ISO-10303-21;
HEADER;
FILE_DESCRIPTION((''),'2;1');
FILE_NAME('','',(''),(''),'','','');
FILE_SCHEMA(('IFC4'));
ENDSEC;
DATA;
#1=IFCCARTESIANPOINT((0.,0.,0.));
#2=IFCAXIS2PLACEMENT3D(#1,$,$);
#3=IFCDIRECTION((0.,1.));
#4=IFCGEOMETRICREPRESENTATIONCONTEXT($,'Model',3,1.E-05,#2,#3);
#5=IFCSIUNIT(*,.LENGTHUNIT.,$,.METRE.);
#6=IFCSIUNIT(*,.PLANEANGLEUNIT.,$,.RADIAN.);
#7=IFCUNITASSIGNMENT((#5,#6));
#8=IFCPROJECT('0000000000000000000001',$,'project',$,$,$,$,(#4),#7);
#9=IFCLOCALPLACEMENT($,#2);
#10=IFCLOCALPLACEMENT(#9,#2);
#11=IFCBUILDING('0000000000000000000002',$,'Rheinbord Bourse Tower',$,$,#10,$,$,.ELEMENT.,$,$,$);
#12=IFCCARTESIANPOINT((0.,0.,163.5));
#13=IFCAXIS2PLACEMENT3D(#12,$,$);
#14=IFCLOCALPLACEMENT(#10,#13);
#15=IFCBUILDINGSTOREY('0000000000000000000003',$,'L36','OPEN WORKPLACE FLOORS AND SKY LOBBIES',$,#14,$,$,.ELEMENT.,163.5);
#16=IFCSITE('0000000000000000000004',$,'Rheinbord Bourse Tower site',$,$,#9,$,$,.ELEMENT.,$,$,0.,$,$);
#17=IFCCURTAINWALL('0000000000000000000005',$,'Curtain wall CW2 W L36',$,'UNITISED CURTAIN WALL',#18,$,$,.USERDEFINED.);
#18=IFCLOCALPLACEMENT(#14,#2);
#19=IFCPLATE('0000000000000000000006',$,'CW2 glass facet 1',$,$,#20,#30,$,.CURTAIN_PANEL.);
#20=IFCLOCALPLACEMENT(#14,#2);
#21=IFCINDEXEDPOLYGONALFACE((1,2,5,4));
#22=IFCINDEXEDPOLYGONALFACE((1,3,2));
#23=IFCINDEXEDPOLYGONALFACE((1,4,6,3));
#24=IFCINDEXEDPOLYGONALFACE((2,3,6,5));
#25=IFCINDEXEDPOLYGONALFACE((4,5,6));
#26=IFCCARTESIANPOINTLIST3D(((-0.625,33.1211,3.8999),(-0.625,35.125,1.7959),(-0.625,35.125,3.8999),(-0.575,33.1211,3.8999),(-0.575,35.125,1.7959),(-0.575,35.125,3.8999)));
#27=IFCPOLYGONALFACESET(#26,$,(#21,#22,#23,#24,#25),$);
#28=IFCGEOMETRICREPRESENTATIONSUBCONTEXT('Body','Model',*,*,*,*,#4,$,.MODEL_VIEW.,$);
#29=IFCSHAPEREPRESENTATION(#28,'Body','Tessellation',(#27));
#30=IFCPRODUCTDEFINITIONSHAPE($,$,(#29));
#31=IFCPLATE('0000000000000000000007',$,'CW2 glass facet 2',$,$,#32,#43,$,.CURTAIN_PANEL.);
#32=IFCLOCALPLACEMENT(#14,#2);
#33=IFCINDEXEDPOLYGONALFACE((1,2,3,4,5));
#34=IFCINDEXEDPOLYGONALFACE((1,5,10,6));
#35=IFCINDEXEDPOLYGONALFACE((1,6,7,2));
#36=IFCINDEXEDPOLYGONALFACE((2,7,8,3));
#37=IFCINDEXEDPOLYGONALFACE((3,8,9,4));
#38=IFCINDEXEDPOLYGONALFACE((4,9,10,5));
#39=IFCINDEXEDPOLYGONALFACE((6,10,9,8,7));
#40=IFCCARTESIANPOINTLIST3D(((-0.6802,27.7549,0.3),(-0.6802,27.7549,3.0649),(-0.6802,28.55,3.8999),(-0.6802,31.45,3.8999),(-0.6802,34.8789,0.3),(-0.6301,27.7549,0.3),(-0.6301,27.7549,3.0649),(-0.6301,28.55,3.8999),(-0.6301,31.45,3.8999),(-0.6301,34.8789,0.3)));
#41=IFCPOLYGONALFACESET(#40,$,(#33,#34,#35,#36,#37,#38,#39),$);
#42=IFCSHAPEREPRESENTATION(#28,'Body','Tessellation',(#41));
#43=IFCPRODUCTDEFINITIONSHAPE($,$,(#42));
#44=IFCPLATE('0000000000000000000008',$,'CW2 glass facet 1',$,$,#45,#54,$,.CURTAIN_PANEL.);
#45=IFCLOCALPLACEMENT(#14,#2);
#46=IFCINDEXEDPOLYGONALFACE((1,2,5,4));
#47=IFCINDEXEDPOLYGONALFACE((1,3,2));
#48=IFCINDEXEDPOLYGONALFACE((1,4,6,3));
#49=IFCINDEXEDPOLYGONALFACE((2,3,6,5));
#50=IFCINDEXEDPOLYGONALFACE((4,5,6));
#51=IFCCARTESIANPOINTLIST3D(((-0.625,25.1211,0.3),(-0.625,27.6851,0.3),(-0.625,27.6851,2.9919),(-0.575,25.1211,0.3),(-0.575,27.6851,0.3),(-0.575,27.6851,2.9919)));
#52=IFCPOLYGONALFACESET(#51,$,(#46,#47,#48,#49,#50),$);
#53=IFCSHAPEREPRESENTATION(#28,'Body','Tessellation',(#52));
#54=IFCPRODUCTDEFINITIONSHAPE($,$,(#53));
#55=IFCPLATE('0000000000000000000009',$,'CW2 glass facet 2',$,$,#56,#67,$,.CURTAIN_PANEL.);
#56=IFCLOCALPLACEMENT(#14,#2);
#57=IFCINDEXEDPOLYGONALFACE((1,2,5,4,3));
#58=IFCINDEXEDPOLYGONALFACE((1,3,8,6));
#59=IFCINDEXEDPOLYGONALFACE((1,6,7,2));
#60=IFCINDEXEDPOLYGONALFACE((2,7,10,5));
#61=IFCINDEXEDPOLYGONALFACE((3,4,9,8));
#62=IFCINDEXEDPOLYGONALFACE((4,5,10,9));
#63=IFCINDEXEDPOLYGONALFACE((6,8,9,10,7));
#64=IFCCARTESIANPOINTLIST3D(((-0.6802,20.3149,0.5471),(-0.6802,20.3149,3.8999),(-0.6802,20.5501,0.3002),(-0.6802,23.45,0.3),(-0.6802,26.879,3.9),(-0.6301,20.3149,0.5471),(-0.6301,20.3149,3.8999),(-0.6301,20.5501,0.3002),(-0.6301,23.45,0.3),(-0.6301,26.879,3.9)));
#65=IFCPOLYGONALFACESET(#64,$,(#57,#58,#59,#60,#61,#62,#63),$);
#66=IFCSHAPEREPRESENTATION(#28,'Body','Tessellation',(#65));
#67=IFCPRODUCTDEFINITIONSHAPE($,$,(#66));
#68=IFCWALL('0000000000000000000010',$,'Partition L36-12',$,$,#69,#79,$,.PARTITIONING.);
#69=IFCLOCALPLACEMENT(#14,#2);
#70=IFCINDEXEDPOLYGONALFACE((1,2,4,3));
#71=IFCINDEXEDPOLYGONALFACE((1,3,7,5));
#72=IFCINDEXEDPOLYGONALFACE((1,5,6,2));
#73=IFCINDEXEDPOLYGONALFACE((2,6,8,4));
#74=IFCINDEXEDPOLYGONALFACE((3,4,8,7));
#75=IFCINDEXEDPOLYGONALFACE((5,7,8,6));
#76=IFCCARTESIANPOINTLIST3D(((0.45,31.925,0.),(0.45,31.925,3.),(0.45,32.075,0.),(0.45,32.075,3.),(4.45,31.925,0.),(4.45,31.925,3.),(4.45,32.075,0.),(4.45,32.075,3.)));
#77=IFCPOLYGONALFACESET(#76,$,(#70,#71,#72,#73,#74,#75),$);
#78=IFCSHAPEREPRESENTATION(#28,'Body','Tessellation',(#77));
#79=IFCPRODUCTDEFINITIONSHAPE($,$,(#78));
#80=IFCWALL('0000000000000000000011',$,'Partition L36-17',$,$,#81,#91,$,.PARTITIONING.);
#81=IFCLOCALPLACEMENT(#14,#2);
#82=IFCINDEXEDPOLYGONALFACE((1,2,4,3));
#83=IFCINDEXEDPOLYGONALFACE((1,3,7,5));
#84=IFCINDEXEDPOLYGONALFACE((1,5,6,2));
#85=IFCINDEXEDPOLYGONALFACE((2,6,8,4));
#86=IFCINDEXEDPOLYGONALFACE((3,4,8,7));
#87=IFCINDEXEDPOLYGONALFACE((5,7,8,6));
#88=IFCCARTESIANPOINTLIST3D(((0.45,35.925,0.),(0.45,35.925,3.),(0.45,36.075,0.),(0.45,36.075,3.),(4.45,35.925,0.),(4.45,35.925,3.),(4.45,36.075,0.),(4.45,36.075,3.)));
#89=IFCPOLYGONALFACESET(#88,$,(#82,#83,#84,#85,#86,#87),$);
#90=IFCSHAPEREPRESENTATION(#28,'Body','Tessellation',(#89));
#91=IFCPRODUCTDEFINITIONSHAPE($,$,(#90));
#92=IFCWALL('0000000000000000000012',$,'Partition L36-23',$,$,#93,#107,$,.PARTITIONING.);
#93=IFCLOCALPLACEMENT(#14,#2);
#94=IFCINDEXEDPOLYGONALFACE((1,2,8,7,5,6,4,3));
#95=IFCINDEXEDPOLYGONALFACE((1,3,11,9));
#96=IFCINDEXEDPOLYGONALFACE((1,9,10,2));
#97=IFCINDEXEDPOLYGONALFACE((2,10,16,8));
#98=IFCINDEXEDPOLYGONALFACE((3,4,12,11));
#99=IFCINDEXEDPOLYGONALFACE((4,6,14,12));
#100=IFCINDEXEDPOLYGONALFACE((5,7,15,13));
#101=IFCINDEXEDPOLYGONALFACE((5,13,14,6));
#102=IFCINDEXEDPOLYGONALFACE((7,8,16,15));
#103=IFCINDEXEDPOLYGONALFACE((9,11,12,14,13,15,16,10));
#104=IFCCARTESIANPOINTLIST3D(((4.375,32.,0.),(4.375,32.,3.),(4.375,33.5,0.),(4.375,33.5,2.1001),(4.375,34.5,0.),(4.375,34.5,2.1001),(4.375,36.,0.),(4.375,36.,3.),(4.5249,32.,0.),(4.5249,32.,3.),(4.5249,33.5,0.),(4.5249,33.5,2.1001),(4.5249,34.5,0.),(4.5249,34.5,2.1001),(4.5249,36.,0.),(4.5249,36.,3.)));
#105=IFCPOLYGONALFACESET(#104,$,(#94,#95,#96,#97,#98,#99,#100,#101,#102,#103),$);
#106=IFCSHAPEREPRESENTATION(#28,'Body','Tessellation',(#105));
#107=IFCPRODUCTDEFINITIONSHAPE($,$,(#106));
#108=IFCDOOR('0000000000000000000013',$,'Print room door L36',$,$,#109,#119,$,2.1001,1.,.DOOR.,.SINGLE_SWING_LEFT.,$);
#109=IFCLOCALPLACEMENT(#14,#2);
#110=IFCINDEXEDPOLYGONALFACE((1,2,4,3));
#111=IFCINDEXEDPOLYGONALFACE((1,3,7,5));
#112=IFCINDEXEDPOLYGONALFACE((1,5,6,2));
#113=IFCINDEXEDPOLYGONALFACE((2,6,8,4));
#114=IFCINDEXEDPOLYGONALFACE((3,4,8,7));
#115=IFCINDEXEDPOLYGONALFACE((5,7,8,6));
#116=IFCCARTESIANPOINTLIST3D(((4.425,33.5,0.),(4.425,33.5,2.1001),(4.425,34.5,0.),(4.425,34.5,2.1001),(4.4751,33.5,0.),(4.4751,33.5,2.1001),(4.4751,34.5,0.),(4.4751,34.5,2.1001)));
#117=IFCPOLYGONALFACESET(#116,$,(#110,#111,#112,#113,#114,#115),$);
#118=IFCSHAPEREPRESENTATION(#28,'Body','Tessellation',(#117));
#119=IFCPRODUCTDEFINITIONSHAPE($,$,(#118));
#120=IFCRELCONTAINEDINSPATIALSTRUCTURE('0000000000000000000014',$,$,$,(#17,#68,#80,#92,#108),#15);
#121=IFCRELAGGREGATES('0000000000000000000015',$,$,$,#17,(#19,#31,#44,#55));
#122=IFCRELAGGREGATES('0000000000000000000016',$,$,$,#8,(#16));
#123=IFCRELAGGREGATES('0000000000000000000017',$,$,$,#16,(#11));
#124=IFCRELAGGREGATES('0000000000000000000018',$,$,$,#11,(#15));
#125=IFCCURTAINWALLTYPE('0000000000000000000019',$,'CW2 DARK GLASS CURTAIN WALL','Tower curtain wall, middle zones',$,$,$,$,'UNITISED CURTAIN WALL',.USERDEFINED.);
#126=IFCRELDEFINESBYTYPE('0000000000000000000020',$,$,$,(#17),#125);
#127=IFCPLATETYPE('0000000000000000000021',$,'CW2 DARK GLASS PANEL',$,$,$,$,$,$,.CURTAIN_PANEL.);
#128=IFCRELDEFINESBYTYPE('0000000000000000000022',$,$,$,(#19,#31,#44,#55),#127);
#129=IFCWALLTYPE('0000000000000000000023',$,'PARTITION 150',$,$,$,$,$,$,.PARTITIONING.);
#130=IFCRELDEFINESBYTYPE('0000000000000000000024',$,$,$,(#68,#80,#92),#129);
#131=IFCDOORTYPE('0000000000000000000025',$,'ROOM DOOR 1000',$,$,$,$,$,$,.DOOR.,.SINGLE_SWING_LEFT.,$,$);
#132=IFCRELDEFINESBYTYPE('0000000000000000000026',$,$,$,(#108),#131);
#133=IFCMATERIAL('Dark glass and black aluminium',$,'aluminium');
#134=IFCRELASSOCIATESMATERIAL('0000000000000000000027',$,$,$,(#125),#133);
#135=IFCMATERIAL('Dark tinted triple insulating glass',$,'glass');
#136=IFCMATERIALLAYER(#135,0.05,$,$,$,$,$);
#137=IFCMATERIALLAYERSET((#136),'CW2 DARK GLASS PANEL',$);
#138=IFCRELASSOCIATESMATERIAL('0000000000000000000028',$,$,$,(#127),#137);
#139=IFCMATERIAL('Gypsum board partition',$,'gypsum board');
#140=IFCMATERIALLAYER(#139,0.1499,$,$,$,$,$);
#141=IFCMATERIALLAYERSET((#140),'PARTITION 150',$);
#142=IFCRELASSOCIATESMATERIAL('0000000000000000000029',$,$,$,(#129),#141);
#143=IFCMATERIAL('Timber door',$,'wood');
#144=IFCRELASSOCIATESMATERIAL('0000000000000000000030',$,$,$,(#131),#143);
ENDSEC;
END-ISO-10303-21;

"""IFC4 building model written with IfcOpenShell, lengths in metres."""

from ifc_helpers import new_model, si_unit, direction, frame, frame_2d, origin, place, context, subcontext, project, spatial, polyline, rectangle, outline, extrude, material, layer, layer_set, type_object, element, fill, aggregate, save


model = new_model("IFC4")

# Units and contexts
model_context = context("Model", 3, precision=1e-05, world=origin(), true_north=direction((0.0, 1.0)))
body_context = subcontext(model_context, "Body", "Model", "MODEL_VIEW")
ifc_project = project(units=[si_unit("LENGTHUNIT", "METRE"), si_unit("PLANEANGLEUNIT", "RADIAN")], contexts=[model_context])

# Site, building, storey
site_placement = place(None, origin())
site = spatial("IfcSite", under=ifc_project, at=site_placement, Name="Rheinbord Bourse Tower site", CompositionType="ELEMENT", RefElevation=0.0)
building_placement = place(site_placement, origin())
building = spatial("IfcBuilding", under=site, at=building_placement, Name="Rheinbord Bourse Tower", CompositionType="ELEMENT")
storey_placement = place(building_placement, frame((0.0, 0.0, 163.5)))
storey = spatial("IfcBuildingStorey", under=building, at=storey_placement, Name="L36", Description="OPEN WORKPLACE FLOORS AND SKY LOBBIES", CompositionType="ELEMENT", Elevation=163.5)

# Curtain wall
ifc_material_1 = material(Name="Dark glass and black aluminium", Category="aluminium")
curtain_wall_type = type_object("IfcCurtainWallType", Name="CW2 DARK GLASS CURTAIN WALL", Description="Tower curtain wall, middle zones", ElementType="UNITISED CURTAIN WALL", PredefinedType="USERDEFINED", material=ifc_material_1)
curtain_wall_placement = place(storey_placement, origin())
curtain_wall = element("IfcCurtainWall", 1, at=curtain_wall_placement, inside=storey, type_object=curtain_wall_type, Name="Curtain wall CW2 W L36", ObjectType="UNITISED CURTAIN WALL", PredefinedType="USERDEFINED")

# Plates
ifc_material_2 = material(Name="Dark tinted triple insulating glass", Category="glass")
ifc_layer_1 = layer(ifc_material_2, 0.05)
ifc_layer_set_1 = layer_set([ifc_layer_1], Name="CW2 DARK GLASS PANEL")
plate_type = type_object("IfcPlateType", Name="CW2 DARK GLASS PANEL", PredefinedType="CURTAIN_PANEL", material=ifc_layer_set_1)
plate_1_placement = place(storey_placement, frame((-0.625, 35.125, 3.8999), z_axis=(1.0, 0.0, 0.0), x_axis=(0.0, -1.0, 0.0)))
plate_1 = element("IfcPlate", 2, at=plate_1_placement, type_object=plate_type, Name="CW2 glass facet 1", PredefinedType="CURTAIN_PANEL", context=body_context, shape_type="SweptSolid", body=[
    extrude(outline(polyline([(0.0, 0.0), (2.0039, 0.0), (0.0, 2.104), (0.0, 0.0)])), origin(), (0.0, 0.0, 1.0), 0.05),
])
plate_2_placement = place(storey_placement, frame((-0.6802, 27.7549, 0.3), z_axis=(1.0, 0.0, 0.0), x_axis=(0.0, 1.0, 0.0)))
plate_2 = element("IfcPlate", 3, at=plate_2_placement, type_object=plate_type, Name="CW2 glass facet 2", PredefinedType="CURTAIN_PANEL", context=body_context, shape_type="SweptSolid", body=[
    extrude(outline(polyline([(0.0, 0.0), (7.124, 0.0), (3.6951, 3.5999), (0.7952, 3.5999), (0.0, 2.7649), (0.0, 0.0)])), origin(), (0.0, 0.0, 1.0), 0.05),
])
plate_3_placement = place(storey_placement, frame((-0.625, 27.6851, 0.3), z_axis=(1.0, 0.0, 0.0), x_axis=(0.0, 0.0, 1.0)))
plate_3 = element("IfcPlate", 4, at=plate_3_placement, type_object=plate_type, Name="CW2 glass facet 1", PredefinedType="CURTAIN_PANEL", context=body_context, shape_type="SweptSolid", body=[
    extrude(outline(polyline([(0.0, 0.0), (2.6919, 0.0), (0.0, 2.564), (0.0, 0.0)])), origin(), (0.0, 0.0, 1.0), 0.05),
])
plate_4_placement = place(storey_placement, frame((-0.6802, 23.45, 0.3), z_axis=(1.0, 0.0, 0.0), x_axis=(0.0, 0.68971, 0.724085)))
plate_4 = element("IfcPlate", 5, at=plate_4_placement, type_object=plate_type, Name="CW2 glass facet 2", PredefinedType="CURTAIN_PANEL", context=body_context, shape_type="SweptSolid", body=[
    extrude(outline(polyline([(0.0, 0.0), (4.9717, 0.0), (0.4443, 4.7529), (-1.9834, 2.4404), (-2.0, 2.0999), (0.0, 0.0)])), origin(), (0.0, 0.0, 1.0), 0.05),
])
aggregate(curtain_wall, [plate_1, plate_2, plate_3, plate_4])

# Walls
ifc_material_3 = material(Name="Gypsum board partition", Category="gypsum board")
ifc_layer_2 = layer(ifc_material_3, 0.1499)
ifc_layer_set_2 = layer_set([ifc_layer_2], Name="PARTITION 150")
wall_type = type_object("IfcWallType", Name="PARTITION 150", PredefinedType="PARTITIONING", material=ifc_layer_set_2)
for number, where, z_axis, x_axis, name in (
    (6, (0.45, 32.0, 0.0), (0.0, 0.0, 1.0), (1.0, 0.0, 0.0), "Partition L36-12"),
    (7, (0.45, 36.0, 0.0), (0.0, 0.0, 1.0), (1.0, 0.0, 0.0), "Partition L36-17"),
):
    element("IfcWall", number, at=place(storey_placement, frame(where, z_axis=z_axis, x_axis=x_axis)), inside=storey, type_object=wall_type, Name=name, PredefinedType="PARTITIONING", context=body_context, shape_type="SweptSolid", body=[
        extrude(rectangle(XDim=4.0, YDim=0.1499, at=frame_2d((2.0, 0.0))), origin(), (0.0, 0.0, 1.0), 3.0),
    ])

# Wall, opening, door
wall_placement = place(storey_placement, frame((4.45, 32.0, 0.0), z_axis=(0.0, 0.0, 1.0), x_axis=(0.0, 1.0, 0.0)))
wall = element("IfcWall", 8, at=wall_placement, inside=storey, type_object=wall_type, Name="Partition L36-23", PredefinedType="PARTITIONING", context=body_context, shape_type="SweptSolid", body=[
    extrude(rectangle(XDim=4.0, YDim=0.1499, at=frame_2d((2.0, 0.0))), origin(), (0.0, 0.0, 1.0), 3.0),
])
opening_placement = place(wall_placement, frame((1.5, 0.0, 0.0)))
opening = element("IfcOpeningElement", 9, at=opening_placement, cuts=wall, PredefinedType="OPENING", context=body_context, shape_type="SweptSolid", body=[
    extrude(rectangle(XDim=1.0, YDim=2.1001, at=frame_2d((0.5, 1.05))), frame((0.0, 0.085, 0.0), z_axis=(0.0, -1.0, 0.0), x_axis=(1.0, 0.0, 0.0)), (0.0, 0.0, 1.0), 0.1699),
])
ifc_material_4 = material(Name="Timber door", Category="wood")
door_type = type_object("IfcDoorType", Name="ROOM DOOR 1000", OperationType="SINGLE_SWING_LEFT", PredefinedType="DOOR", material=ifc_material_4)
door_placement = place(opening_placement, origin())
door = element("IfcDoor", 10, at=door_placement, inside=storey, type_object=door_type, Name="Print room door L36", OperationType="SINGLE_SWING_LEFT", OverallHeight=2.1001, OverallWidth=1.0, PredefinedType="DOOR", context=body_context, shape_type="SweptSolid", body=[
    extrude(rectangle(XDim=1.0, YDim=2.1001, at=frame_2d((0.5, 1.05))), frame((0.0, 0.0249, 0.0), z_axis=(0.0, -1.0, 0.0), x_axis=(1.0, 0.0, 0.0)), (0.0, 0.0, 1.0), 0.05),
])
fill(opening, door)

save(model, "model.ifc")
